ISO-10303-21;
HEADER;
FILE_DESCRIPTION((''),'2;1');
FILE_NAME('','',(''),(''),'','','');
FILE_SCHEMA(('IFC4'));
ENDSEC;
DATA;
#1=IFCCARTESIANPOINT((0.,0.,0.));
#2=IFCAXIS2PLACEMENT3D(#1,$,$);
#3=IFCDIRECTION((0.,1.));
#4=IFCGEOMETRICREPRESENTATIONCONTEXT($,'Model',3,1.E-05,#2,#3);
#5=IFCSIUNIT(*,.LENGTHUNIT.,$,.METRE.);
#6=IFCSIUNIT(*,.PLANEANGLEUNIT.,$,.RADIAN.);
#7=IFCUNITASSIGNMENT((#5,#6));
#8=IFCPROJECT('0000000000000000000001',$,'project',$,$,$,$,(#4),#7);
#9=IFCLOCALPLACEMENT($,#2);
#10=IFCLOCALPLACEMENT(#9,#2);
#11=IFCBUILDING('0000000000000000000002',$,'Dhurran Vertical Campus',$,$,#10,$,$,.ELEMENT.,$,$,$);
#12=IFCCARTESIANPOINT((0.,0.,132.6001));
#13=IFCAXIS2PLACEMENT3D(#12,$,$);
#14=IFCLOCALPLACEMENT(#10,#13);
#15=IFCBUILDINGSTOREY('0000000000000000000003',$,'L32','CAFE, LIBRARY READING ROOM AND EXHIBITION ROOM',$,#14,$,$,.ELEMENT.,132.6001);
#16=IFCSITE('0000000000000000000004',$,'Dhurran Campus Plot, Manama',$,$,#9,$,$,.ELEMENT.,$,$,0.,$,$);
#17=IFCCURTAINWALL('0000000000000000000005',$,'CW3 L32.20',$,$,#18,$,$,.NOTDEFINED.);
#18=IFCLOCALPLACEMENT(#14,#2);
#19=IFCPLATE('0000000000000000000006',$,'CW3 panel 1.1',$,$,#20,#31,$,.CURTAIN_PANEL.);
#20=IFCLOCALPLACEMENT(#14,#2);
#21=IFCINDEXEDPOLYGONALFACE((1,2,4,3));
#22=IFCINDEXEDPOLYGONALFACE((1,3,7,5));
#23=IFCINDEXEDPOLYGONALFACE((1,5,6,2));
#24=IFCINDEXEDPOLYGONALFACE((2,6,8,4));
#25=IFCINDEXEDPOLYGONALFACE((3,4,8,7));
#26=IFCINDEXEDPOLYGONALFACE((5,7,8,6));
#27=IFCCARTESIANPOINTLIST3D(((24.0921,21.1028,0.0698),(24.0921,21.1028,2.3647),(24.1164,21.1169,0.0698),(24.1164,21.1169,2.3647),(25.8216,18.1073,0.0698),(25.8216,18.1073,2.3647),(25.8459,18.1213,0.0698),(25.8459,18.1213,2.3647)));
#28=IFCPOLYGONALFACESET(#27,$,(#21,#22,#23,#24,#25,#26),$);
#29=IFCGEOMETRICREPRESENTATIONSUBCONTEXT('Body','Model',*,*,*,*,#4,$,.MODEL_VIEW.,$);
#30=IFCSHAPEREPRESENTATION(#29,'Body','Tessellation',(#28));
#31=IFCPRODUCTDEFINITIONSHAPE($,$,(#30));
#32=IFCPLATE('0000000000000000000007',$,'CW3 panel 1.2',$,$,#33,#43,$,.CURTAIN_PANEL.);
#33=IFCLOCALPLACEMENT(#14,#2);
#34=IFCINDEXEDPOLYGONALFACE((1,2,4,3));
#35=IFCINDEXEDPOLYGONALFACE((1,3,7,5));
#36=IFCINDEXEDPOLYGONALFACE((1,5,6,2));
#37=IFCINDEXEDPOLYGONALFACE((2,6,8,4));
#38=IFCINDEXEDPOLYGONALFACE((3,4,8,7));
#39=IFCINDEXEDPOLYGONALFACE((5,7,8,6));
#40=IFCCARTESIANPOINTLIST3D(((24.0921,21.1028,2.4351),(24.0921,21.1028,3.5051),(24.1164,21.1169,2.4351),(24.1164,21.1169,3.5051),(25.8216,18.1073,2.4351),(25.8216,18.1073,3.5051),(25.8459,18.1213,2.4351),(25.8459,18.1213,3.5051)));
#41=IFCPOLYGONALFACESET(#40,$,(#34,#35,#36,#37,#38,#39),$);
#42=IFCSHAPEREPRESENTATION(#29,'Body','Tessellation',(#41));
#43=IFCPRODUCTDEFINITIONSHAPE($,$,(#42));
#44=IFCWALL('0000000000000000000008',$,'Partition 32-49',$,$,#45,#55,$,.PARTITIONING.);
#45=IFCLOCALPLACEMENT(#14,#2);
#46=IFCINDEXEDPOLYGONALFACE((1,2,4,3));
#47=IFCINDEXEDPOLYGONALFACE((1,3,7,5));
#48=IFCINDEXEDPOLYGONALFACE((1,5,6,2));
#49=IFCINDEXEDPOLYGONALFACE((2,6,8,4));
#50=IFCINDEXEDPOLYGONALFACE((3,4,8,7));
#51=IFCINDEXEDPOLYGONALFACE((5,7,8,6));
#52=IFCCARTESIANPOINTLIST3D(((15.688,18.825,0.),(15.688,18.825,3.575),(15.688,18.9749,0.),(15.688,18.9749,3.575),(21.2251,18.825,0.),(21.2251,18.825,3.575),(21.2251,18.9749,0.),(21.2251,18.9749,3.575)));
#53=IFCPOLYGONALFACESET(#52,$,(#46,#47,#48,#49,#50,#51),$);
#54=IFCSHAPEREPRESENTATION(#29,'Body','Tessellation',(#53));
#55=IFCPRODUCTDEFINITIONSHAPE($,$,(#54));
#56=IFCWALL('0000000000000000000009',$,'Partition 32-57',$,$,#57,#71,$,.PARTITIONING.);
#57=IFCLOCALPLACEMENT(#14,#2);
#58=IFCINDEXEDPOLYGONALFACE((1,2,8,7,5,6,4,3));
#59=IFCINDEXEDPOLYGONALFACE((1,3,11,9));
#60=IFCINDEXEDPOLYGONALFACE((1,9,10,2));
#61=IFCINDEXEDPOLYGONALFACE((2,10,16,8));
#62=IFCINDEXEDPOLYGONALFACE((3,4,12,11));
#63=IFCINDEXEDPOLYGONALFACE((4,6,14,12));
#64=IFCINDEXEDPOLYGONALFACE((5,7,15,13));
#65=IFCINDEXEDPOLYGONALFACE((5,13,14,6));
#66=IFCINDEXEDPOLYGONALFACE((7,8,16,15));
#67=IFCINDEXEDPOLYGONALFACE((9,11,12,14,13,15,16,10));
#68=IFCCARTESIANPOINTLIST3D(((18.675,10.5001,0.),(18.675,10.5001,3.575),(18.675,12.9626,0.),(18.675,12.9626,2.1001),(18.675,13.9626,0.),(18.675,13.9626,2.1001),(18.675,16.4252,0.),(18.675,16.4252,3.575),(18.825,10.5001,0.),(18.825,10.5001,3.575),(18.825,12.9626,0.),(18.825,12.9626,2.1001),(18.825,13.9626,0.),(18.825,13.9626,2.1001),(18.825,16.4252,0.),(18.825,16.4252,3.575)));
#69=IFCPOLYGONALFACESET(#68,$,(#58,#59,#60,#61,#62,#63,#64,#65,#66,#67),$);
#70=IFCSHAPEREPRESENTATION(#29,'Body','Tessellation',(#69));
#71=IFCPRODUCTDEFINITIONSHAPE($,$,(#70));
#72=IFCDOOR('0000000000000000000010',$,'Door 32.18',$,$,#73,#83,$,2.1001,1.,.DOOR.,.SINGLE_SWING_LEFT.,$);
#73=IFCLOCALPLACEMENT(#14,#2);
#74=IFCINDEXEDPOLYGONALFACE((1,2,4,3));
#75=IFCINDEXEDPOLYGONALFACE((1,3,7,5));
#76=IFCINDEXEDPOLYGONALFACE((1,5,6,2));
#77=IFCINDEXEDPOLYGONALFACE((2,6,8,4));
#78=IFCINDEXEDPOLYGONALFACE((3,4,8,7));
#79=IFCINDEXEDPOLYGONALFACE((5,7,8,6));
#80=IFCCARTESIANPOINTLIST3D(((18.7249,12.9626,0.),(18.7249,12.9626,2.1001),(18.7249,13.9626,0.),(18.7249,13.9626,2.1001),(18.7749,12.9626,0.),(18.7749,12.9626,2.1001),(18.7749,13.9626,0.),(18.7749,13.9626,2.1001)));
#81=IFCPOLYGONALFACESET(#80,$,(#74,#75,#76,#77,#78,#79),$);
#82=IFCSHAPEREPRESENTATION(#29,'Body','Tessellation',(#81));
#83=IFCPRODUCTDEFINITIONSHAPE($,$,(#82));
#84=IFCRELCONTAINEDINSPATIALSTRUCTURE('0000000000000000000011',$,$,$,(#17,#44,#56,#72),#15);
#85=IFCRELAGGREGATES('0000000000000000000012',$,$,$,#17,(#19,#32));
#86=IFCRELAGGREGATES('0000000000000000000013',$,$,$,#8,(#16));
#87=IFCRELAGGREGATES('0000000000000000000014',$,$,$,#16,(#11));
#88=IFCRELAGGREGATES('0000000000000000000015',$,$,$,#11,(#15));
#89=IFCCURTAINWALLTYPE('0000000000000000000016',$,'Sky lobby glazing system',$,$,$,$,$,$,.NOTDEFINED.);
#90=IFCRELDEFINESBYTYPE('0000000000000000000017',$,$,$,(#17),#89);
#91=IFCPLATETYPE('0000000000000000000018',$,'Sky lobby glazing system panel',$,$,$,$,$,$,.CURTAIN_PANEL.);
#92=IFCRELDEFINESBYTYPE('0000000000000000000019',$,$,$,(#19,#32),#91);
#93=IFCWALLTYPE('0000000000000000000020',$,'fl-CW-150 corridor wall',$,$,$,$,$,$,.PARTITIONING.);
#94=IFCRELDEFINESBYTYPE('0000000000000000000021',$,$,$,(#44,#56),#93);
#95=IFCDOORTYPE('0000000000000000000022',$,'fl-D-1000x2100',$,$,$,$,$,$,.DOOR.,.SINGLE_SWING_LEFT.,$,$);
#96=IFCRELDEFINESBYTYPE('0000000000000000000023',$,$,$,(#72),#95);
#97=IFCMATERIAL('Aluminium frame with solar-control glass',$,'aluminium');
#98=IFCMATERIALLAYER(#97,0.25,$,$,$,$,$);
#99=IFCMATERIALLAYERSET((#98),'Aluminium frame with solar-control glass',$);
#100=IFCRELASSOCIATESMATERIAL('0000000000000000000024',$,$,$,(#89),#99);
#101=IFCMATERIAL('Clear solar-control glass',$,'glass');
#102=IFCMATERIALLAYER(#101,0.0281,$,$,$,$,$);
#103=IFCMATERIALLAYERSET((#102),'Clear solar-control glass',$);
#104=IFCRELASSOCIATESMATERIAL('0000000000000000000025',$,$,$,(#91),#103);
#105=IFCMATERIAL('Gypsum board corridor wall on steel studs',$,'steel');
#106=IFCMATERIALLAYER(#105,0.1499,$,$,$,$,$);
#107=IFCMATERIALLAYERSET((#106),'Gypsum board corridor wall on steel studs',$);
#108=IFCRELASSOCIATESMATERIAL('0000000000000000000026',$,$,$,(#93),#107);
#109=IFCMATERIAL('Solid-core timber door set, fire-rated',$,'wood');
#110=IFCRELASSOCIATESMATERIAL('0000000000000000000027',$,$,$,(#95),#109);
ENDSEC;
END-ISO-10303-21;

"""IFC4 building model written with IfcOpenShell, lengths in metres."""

from ifc_helpers import new_model, si_unit, direction, frame, frame_2d, origin, origin_2d, place, context, subcontext, project, spatial, rectangle, extrude, material, layer, layer_set, type_object, element, fill, aggregate, save


model = new_model("IFC4")

# Units and contexts
model_context = context("Model", 3, precision=1e-05, world=origin(), true_north=direction((0.0, 1.0)))
body_context = subcontext(model_context, "Body", "Model", "MODEL_VIEW")
ifc_project = project(units=[si_unit("LENGTHUNIT", "METRE"), si_unit("PLANEANGLEUNIT", "RADIAN")], contexts=[model_context])

# Site, building, storey
site_placement = place(None, origin())
site = spatial("IfcSite", under=ifc_project, at=site_placement, Name="Dhurran Campus Plot, Manama", CompositionType="ELEMENT", RefElevation=0.0)
building_placement = place(site_placement, origin())
building = spatial("IfcBuilding", under=site, at=building_placement, Name="Dhurran Vertical Campus", CompositionType="ELEMENT")
storey_placement = place(building_placement, frame((0.0, 0.0, 132.6001)))
storey = spatial("IfcBuildingStorey", under=building, at=storey_placement, Name="L32", Description="CAFE, LIBRARY READING ROOM AND EXHIBITION ROOM", CompositionType="ELEMENT", Elevation=132.6001)

# Shared definitions
ifc_material_1 = material(Name="Aluminium frame with solar-control glass", Category="aluminium")
ifc_layer_1 = layer(ifc_material_1, 0.25)
ifc_layer_set_1 = layer_set([ifc_layer_1], Name="Aluminium frame with solar-control glass")
curtain_wall_type = type_object("IfcCurtainWallType", Name="Sky lobby glazing system", PredefinedType="NOTDEFINED", material=ifc_layer_set_1)

# Curtain wall
curtain_wall_1_placement = place(storey_placement, origin())
curtain_wall_1 = element("IfcCurtainWall", 1, at=curtain_wall_1_placement, inside=storey, type_object=curtain_wall_type, Name="CW3 L32.20", PredefinedType="NOTDEFINED")

# Plates
ifc_material_2 = material(Name="Clear solar-control glass", Category="glass")
ifc_layer_2 = layer(ifc_material_2, 0.0281)
ifc_layer_set_2 = layer_set([ifc_layer_2], Name="Clear solar-control glass")
plate_type = type_object("IfcPlateType", Name="Sky lobby glazing system panel", PredefinedType="CURTAIN_PANEL", material=ifc_layer_set_2)
plate_1_placement = place(storey_placement, frame((24.969, 19.6121, 0.0698), z_axis=(0.0, 0.0, 1.0), x_axis=(-0.500003, 0.866024, 0.0)))
plate_1 = element("IfcPlate", 2, at=plate_1_placement, type_object=plate_type, Name="CW3 panel 1.1", PredefinedType="CURTAIN_PANEL", context=body_context, shape_type="SweptSolid", body=[
    extrude(rectangle(XDim=3.459, YDim=0.0281, at=origin_2d()), origin(), (0.0, 0.0, 1.0), 2.2949),
])
plate_2_placement = place(storey_placement, frame((24.969, 19.6121, 2.4351), z_axis=(0.0, 0.0, 1.0), x_axis=(-0.500003, 0.866024, 0.0)))
plate_2 = element("IfcPlate", 3, at=plate_2_placement, type_object=plate_type, Name="CW3 panel 1.2", PredefinedType="CURTAIN_PANEL", context=body_context, shape_type="SweptSolid", body=[
    extrude(rectangle(XDim=3.459, YDim=0.0281, at=origin_2d()), origin(), (0.0, 0.0, 1.0), 1.0701),
])
aggregate(curtain_wall_1, [plate_1, plate_2])

# Wall
ifc_material_3 = material(Name="Gypsum board corridor wall on steel studs", Category="steel")
ifc_layer_3 = layer(ifc_material_3, 0.1499)
ifc_layer_set_3 = layer_set([ifc_layer_3], Name="Gypsum board corridor wall on steel studs")
wall_type = type_object("IfcWallType", Name="fl-CW-150 corridor wall", PredefinedType="PARTITIONING", material=ifc_layer_set_3)
wall_1_placement = place(storey_placement, frame((21.2251, 18.8999, 0.0), z_axis=(0.0, 0.0, 1.0), x_axis=(-1.0, 0.0, 0.0)))
element("IfcWall", 4, at=wall_1_placement, inside=storey, type_object=wall_type, Name="Partition 32-49", PredefinedType="PARTITIONING", context=body_context, shape_type="SweptSolid", body=[
    extrude(rectangle(XDim=5.5371, YDim=0.1499, at=frame_2d((2.7686, 0.0))), origin(), (0.0, 0.0, 1.0), 3.575),
])

# Wall, opening, door
wall_2_placement = place(storey_placement, frame((18.75, 16.425, 0.0), z_axis=(0.0, 0.0, 1.0), x_axis=(0.0, -1.0, 0.0)))
wall_2 = element("IfcWall", 5, at=wall_2_placement, inside=storey, type_object=wall_type, Name="Partition 32-57", PredefinedType="PARTITIONING", context=body_context, shape_type="SweptSolid", body=[
    extrude(rectangle(XDim=5.925, YDim=0.1499, at=frame_2d((2.9624, 0.0))), origin(), (0.0, 0.0, 1.0), 3.575),
])
opening_placement = place(wall_2_placement, frame((2.4624, 0.0, 0.0)))
opening = element("IfcOpeningElement", 6, at=opening_placement, cuts=wall_2, PredefinedType="OPENING", context=body_context, shape_type="SweptSolid", body=[
    extrude(rectangle(XDim=1.0, YDim=2.1001, at=frame_2d((0.5, 1.05))), frame((0.0, 0.085, 0.0), z_axis=(0.0, -1.0, 0.0), x_axis=(1.0, 0.0, 0.0)), (0.0, 0.0, 1.0), 0.1699),
])
ifc_material_4 = material(Name="Solid-core timber door set, fire-rated", Category="wood")
door_type = type_object("IfcDoorType", Name="fl-D-1000x2100", OperationType="SINGLE_SWING_LEFT", PredefinedType="DOOR", material=ifc_material_4)
door_placement = place(opening_placement, origin())
door = element("IfcDoor", 7, at=door_placement, inside=storey, type_object=door_type, Name="Door 32.18", OperationType="SINGLE_SWING_LEFT", OverallHeight=2.1001, OverallWidth=1.0, PredefinedType="DOOR", context=body_context, shape_type="SweptSolid", body=[
    extrude(rectangle(XDim=1.0, YDim=2.1001, at=frame_2d((0.5, 1.05))), frame((0.0, 0.0249, 0.0), z_axis=(0.0, -1.0, 0.0), x_axis=(1.0, 0.0, 0.0)), (0.0, 0.0, 1.0), 0.05),
])
fill(opening, door)

save(model, "model.ifc")
